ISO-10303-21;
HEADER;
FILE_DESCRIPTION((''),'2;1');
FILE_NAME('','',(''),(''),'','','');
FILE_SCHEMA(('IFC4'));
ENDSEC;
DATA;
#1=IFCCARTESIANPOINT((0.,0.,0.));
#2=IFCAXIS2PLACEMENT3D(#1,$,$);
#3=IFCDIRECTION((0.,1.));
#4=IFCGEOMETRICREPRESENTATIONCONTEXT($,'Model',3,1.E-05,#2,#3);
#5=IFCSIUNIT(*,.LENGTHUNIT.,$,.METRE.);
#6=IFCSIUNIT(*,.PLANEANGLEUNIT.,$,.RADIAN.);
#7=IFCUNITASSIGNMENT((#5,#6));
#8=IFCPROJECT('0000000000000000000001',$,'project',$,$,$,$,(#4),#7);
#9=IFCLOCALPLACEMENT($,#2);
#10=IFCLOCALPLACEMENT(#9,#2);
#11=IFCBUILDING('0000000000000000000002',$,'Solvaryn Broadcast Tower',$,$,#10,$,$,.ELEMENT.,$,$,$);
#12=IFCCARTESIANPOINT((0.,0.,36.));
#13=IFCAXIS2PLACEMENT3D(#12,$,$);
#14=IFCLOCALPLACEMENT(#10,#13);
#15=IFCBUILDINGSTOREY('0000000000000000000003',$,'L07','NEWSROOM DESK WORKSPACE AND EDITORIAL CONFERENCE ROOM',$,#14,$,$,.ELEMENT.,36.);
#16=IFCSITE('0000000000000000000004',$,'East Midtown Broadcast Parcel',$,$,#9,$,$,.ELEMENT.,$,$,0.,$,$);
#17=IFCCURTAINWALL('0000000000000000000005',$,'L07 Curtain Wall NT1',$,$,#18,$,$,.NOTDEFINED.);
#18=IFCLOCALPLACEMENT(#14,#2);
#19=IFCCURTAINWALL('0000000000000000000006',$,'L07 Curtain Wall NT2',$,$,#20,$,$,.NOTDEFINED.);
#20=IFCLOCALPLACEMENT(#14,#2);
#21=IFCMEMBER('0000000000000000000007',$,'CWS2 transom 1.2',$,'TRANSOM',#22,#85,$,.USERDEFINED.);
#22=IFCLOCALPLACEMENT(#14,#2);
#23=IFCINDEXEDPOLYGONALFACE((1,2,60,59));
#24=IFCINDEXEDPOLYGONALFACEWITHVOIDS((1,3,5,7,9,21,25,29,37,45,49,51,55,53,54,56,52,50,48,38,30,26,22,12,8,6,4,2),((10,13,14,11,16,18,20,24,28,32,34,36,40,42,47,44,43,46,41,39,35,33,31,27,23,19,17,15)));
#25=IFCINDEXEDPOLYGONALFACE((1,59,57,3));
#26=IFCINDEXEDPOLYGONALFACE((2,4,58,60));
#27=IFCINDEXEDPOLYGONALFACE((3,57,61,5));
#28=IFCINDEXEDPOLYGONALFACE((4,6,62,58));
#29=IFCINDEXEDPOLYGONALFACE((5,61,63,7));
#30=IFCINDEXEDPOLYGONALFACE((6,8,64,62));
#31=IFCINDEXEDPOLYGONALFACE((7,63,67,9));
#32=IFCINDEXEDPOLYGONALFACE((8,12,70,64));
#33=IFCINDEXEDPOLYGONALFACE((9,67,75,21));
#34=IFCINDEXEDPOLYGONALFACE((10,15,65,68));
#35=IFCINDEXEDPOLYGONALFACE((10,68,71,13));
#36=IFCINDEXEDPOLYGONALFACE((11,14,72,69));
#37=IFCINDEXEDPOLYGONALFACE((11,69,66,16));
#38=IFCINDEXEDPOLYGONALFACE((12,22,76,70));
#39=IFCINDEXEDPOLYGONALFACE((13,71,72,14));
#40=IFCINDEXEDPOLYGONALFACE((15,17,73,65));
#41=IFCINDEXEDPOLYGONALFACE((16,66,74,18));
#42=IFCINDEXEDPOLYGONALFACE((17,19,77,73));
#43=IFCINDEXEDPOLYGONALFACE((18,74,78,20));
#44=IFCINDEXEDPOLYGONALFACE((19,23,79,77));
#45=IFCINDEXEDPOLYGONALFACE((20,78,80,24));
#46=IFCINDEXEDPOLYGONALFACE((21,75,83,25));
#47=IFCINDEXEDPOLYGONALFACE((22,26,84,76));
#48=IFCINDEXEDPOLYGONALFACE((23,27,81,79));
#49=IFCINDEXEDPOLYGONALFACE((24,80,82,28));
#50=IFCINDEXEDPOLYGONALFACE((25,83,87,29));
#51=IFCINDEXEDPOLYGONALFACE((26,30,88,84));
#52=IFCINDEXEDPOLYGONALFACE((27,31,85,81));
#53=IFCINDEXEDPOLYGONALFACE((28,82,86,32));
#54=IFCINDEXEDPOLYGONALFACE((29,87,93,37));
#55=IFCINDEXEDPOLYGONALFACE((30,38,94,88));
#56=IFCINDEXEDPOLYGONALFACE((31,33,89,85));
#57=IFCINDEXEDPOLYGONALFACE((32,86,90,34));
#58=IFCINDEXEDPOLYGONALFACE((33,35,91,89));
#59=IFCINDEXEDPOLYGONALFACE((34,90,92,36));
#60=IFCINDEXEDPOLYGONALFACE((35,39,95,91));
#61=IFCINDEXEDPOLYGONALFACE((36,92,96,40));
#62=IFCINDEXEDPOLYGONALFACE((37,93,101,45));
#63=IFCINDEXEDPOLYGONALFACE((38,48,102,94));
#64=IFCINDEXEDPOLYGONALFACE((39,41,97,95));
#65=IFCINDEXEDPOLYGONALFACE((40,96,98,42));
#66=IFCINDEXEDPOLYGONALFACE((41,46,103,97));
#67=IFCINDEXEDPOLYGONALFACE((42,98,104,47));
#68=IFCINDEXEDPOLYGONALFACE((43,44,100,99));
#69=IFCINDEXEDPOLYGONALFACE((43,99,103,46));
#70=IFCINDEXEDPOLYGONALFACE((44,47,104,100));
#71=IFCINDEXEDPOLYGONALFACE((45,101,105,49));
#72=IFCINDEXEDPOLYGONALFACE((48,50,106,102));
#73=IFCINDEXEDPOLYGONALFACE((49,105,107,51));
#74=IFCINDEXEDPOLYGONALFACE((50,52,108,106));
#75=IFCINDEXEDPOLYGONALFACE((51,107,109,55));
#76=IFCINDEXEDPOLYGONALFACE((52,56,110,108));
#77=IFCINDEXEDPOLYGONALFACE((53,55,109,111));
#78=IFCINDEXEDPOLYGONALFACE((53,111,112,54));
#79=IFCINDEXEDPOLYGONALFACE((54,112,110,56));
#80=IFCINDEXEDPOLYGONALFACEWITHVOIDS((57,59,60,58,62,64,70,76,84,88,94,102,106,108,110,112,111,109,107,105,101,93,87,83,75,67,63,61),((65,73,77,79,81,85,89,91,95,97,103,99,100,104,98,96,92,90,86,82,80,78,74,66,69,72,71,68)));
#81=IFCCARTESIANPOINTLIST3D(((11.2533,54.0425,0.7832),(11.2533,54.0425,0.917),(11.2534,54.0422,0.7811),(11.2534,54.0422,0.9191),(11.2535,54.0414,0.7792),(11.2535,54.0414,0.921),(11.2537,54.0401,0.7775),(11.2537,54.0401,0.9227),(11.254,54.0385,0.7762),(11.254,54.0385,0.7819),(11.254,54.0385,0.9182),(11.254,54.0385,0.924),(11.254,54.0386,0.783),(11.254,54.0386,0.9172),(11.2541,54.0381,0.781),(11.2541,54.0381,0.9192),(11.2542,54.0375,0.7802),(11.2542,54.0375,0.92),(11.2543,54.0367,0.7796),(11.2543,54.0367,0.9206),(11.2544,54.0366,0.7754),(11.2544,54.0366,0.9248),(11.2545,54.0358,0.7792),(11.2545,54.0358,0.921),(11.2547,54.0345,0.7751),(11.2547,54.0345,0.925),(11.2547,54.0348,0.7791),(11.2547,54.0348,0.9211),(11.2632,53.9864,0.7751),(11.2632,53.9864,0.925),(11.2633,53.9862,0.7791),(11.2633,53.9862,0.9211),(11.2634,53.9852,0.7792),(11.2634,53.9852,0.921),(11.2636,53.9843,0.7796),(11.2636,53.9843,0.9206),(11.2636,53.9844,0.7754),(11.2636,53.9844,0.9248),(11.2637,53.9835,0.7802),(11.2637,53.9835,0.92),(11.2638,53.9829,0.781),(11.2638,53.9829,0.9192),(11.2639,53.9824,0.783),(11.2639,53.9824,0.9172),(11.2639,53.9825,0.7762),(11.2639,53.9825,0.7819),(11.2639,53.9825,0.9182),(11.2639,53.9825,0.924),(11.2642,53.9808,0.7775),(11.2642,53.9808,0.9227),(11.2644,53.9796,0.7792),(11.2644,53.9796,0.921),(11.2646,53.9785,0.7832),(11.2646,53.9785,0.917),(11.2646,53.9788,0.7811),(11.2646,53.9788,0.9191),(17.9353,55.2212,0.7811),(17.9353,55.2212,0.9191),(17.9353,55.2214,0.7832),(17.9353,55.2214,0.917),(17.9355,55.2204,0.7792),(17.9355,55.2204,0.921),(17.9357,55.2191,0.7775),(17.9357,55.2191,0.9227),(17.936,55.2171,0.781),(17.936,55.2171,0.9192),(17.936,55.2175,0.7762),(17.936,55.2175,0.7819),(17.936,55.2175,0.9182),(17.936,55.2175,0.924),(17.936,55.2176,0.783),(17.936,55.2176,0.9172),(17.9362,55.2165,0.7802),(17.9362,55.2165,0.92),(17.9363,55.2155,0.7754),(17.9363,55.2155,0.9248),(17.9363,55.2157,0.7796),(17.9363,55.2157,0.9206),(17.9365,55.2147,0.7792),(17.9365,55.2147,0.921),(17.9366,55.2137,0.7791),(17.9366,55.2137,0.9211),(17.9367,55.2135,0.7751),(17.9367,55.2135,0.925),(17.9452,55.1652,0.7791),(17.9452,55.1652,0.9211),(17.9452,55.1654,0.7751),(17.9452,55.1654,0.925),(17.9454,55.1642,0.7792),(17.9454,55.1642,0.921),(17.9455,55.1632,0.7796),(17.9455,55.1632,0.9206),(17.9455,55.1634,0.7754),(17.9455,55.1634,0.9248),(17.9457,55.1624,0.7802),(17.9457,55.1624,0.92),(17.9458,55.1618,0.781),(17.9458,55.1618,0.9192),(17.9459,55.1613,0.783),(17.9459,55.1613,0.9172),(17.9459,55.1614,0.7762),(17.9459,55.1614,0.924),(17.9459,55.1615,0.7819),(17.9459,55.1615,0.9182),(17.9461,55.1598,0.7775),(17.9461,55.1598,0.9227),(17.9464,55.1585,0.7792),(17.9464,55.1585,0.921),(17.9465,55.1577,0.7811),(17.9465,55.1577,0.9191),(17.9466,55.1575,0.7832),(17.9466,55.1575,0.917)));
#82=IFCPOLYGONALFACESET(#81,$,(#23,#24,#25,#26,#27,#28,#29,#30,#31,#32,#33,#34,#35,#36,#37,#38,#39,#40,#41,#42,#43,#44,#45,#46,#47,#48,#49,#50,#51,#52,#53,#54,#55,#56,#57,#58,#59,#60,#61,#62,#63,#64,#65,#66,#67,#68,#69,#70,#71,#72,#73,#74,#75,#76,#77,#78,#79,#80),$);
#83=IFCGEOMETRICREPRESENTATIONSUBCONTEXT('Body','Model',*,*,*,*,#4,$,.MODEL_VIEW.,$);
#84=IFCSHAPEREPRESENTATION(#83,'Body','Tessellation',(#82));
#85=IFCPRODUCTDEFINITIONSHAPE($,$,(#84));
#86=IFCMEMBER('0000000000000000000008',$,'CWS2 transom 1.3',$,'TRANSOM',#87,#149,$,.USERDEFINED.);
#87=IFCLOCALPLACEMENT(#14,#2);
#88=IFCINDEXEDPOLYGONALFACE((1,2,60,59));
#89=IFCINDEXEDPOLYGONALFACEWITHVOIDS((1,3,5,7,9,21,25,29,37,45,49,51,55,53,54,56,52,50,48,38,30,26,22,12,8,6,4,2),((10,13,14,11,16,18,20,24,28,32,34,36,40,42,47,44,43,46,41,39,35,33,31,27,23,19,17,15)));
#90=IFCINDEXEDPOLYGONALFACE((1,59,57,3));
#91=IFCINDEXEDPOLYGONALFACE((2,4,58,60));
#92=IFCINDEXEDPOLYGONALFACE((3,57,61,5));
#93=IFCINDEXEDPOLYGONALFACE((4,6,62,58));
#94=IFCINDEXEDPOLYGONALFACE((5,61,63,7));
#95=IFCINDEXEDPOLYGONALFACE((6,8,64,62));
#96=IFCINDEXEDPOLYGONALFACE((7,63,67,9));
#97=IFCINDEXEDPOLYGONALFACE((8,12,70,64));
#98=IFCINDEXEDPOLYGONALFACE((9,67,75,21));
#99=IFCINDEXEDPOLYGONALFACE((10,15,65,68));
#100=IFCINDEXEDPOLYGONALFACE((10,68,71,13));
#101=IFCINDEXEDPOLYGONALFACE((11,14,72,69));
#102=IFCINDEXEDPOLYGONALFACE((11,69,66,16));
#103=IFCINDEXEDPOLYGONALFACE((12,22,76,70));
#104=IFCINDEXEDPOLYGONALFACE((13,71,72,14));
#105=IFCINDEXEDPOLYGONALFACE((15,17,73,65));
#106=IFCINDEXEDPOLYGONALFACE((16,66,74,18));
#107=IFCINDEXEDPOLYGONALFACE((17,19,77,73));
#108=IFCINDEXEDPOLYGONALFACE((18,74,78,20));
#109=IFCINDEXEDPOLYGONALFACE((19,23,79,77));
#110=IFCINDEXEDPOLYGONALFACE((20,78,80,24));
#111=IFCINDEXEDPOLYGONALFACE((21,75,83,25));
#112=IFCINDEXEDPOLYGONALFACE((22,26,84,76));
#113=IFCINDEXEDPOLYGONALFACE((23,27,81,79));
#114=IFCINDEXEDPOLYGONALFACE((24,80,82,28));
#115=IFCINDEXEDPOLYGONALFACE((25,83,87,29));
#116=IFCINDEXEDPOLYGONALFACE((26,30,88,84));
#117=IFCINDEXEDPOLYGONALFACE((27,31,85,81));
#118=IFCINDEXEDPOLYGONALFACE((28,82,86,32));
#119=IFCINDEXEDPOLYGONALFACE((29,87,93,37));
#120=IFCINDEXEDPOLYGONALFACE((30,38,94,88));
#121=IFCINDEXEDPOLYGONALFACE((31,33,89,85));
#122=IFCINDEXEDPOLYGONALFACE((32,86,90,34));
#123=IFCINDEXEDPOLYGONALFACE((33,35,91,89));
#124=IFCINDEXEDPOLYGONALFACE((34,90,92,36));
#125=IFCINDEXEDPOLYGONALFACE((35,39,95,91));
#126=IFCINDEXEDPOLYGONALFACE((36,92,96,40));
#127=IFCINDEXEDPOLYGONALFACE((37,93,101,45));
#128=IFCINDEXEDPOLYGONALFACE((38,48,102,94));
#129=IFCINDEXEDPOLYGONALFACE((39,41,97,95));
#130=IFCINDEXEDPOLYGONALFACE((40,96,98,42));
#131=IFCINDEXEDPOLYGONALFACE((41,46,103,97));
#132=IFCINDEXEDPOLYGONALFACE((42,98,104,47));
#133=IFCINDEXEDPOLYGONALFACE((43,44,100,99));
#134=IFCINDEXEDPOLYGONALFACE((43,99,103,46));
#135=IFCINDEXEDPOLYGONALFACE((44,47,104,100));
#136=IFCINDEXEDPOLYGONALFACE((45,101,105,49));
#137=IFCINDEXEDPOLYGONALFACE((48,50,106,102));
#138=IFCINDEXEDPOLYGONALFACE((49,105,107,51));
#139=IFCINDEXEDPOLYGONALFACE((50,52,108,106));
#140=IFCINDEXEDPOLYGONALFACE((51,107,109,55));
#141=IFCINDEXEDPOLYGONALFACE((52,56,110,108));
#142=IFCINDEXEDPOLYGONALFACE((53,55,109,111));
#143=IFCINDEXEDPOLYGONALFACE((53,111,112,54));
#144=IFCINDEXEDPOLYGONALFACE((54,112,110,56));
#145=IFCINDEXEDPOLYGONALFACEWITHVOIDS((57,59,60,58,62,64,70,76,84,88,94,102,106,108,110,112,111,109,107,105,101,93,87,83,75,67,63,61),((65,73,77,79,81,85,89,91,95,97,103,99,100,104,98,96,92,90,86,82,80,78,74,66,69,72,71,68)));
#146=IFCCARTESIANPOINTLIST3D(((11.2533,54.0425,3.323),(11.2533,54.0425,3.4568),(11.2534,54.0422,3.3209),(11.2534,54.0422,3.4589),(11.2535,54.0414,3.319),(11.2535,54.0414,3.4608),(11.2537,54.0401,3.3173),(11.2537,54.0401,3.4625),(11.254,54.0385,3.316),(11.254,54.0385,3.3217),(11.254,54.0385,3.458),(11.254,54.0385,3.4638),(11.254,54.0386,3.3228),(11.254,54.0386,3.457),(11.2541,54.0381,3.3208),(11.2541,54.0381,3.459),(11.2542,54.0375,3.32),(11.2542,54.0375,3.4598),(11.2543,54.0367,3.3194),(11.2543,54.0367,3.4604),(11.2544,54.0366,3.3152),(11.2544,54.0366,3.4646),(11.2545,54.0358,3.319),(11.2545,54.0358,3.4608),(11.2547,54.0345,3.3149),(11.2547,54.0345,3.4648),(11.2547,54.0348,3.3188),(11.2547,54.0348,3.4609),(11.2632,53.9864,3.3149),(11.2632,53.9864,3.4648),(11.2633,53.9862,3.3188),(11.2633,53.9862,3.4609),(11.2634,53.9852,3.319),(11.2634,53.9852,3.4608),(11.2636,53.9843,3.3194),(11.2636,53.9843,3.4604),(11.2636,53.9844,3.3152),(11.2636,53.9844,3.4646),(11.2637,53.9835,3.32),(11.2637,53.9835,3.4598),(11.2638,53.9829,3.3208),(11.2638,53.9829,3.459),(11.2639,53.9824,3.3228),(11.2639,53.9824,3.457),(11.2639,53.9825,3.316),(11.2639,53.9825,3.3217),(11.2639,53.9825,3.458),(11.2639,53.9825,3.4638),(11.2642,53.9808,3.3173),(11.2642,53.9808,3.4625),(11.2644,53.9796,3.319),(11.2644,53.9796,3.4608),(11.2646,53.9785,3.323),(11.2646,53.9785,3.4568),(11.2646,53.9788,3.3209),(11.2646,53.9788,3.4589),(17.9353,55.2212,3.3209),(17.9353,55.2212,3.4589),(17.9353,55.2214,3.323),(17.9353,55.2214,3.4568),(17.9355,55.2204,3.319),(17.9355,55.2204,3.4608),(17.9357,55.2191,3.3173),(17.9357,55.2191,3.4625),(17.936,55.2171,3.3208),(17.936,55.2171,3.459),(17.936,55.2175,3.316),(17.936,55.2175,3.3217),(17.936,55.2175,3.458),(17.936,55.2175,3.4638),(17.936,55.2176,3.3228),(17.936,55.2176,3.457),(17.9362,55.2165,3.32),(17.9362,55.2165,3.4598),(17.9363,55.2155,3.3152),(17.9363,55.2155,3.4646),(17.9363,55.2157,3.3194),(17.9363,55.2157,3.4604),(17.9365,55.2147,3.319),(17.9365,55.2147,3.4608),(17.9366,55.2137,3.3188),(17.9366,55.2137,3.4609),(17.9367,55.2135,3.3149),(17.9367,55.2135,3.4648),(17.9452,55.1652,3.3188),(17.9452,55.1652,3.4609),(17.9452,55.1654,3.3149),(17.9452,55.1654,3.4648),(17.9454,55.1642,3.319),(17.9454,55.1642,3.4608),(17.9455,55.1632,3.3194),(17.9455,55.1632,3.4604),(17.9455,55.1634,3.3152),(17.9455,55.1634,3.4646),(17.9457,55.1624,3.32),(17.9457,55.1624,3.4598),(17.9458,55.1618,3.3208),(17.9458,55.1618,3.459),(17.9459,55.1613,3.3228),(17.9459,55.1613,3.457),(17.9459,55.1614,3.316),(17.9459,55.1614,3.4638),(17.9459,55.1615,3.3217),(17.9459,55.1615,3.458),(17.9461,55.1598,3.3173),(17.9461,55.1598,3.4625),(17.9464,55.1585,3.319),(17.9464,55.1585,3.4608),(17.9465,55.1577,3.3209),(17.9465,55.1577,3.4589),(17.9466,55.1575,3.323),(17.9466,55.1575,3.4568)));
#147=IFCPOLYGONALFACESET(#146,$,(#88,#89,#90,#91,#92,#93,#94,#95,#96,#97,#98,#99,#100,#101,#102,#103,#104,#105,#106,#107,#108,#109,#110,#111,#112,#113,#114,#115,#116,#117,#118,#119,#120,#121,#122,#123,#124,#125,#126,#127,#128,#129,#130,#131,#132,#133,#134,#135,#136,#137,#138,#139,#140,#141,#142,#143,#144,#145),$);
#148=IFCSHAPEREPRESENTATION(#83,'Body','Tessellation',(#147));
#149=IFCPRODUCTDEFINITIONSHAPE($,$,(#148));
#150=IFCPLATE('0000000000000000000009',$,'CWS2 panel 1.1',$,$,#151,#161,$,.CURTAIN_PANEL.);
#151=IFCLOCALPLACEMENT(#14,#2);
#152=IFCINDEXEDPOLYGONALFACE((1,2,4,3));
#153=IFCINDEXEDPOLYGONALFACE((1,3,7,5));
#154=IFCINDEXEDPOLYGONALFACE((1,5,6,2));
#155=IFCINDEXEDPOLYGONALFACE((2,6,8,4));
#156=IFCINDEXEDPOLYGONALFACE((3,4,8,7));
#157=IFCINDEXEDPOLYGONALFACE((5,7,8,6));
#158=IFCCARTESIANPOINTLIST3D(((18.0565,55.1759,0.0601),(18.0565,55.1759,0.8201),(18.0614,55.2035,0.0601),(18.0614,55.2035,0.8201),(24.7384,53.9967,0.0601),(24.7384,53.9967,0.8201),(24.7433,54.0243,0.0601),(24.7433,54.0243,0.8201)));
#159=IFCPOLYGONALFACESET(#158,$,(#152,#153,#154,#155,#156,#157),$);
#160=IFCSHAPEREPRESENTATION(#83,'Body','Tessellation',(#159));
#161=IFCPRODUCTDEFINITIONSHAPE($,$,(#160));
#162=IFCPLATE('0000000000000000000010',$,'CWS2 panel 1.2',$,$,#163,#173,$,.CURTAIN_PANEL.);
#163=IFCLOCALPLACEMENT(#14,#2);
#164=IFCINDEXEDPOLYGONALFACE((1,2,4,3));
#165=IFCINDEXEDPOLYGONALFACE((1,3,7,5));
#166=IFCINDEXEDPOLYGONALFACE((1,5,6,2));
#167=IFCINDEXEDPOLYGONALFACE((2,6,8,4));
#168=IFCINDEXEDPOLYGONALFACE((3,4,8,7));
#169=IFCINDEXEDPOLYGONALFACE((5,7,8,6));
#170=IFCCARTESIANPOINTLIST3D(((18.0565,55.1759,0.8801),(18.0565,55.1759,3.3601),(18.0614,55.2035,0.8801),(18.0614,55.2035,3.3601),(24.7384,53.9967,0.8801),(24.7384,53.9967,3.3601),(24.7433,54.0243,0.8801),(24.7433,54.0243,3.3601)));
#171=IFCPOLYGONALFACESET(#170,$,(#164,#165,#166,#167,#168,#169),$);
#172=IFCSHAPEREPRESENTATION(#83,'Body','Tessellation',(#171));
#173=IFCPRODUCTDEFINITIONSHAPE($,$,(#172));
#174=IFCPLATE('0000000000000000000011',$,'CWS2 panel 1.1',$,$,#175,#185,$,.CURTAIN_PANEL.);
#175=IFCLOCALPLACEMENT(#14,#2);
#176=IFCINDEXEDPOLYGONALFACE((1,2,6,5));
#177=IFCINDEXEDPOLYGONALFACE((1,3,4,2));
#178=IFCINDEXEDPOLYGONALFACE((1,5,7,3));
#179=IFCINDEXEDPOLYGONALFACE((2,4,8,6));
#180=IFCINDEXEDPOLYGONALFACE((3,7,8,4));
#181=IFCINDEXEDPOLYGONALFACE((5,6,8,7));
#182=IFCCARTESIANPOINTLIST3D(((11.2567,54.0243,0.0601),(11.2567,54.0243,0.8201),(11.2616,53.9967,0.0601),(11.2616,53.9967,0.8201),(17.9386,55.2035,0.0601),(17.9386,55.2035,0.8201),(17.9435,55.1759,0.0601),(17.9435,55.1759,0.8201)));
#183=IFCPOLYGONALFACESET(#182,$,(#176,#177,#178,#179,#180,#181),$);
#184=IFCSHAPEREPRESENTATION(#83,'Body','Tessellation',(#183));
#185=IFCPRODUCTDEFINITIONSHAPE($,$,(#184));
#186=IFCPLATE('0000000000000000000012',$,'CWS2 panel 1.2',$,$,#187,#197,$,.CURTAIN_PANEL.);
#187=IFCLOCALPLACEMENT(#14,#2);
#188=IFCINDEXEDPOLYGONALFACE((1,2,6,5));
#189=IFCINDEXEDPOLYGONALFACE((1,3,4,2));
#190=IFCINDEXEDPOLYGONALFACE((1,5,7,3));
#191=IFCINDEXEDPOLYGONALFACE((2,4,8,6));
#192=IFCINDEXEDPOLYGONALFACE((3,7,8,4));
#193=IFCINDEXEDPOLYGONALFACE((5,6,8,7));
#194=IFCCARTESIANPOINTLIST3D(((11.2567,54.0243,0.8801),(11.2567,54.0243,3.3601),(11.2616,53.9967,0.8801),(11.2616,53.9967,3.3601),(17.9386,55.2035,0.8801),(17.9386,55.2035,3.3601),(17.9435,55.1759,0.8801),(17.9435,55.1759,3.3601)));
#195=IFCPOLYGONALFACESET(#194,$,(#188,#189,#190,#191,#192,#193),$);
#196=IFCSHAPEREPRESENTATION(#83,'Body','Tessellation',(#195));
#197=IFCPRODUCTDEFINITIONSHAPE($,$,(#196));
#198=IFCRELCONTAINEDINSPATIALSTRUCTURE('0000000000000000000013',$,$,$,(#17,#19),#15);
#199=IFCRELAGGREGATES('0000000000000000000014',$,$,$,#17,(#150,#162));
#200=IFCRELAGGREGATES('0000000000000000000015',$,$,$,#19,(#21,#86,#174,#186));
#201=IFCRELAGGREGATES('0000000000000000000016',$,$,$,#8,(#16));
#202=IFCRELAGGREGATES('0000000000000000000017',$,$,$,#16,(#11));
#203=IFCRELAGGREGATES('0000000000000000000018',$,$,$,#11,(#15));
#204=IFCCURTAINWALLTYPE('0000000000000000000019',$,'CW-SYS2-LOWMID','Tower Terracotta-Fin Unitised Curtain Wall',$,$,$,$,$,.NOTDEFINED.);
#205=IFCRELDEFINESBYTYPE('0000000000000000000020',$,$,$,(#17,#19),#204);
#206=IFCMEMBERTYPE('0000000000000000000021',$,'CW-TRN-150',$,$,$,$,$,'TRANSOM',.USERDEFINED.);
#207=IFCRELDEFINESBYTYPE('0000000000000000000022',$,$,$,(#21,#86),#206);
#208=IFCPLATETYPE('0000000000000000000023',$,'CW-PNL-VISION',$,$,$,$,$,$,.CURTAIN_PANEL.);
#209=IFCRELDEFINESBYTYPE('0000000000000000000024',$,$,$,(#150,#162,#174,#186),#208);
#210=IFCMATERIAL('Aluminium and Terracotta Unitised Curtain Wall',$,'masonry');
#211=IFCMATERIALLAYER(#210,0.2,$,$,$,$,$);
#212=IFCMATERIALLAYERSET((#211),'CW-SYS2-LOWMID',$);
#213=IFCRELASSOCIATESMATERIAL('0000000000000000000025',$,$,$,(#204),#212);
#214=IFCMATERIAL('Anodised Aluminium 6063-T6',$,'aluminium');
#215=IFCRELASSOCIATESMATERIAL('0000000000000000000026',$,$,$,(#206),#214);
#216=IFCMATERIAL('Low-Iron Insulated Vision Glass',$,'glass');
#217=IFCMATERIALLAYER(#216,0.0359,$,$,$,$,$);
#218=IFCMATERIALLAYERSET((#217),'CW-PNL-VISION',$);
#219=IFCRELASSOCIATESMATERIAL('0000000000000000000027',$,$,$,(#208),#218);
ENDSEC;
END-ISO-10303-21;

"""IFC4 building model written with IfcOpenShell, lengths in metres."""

from ifc_helpers import new_model, si_unit, direction, frame, origin, origin_2d, place, context, subcontext, project, spatial, rectangle, hollow_rectangle, extrude, material, layer, layer_set, material_profile, profile_set, type_object, element, aggregate, save


model = new_model("IFC4")

# Units and contexts
model_context = context("Model", 3, precision=1e-05, world=origin(), true_north=direction((0.0, 1.0)))
body_context = subcontext(model_context, "Body", "Model", "MODEL_VIEW")
ifc_project = project(units=[si_unit("LENGTHUNIT", "METRE"), si_unit("PLANEANGLEUNIT", "RADIAN")], contexts=[model_context])

# Site, building, storey
site_placement = place(None, origin())
site = spatial("IfcSite", under=ifc_project, at=site_placement, Name="East Midtown Broadcast Parcel", CompositionType="ELEMENT", RefElevation=0.0)
building_placement = place(site_placement, origin())
building = spatial("IfcBuilding", under=site, at=building_placement, Name="Solvaryn Broadcast Tower", CompositionType="ELEMENT")
storey_placement = place(building_placement, frame((0.0, 0.0, 36.0)))
storey = spatial("IfcBuildingStorey", under=building, at=storey_placement, Name="L07", Description="NEWSROOM DESK WORKSPACE AND EDITORIAL CONFERENCE ROOM", CompositionType="ELEMENT", Elevation=36.0)

# Curtain walls
ifc_material_1 = material(Name="Aluminium and Terracotta Unitised Curtain Wall", Category="masonry")
ifc_layer_1 = layer(ifc_material_1, 0.2)
ifc_layer_set_1 = layer_set([ifc_layer_1], Name="CW-SYS2-LOWMID")
curtain_wall_type = type_object("IfcCurtainWallType", Name="CW-SYS2-LOWMID", Description="Tower Terracotta-Fin Unitised Curtain Wall", PredefinedType="NOTDEFINED", material=ifc_layer_set_1)
curtain_wall_1_placement = place(storey_placement, origin())
curtain_wall_1 = element("IfcCurtainWall", 1, at=curtain_wall_1_placement, inside=storey, type_object=curtain_wall_type, Name="L07 Curtain Wall NT1", PredefinedType="NOTDEFINED")
curtain_wall_2_placement = place(storey_placement, origin())
curtain_wall_2 = element("IfcCurtainWall", 2, at=curtain_wall_2_placement, inside=storey, type_object=curtain_wall_type, Name="L07 Curtain Wall NT2", PredefinedType="NOTDEFINED")

# Members
ifc_material_2 = material(Name="Anodised Aluminium 6063-T6", Category="aluminium")
ifc_material_profile_1 = material_profile(ifc_material_2, hollow_rectangle(XDim=0.0649, YDim=0.1499, WallThickness=0.0039, InnerFilletRadius=0.0039, OuterFilletRadius=0.0081, at=origin_2d()))
ifc_profile_set_1 = profile_set([ifc_material_profile_1], Name="Anodised Aluminium 6063-T6")
member_type_1 = type_object("IfcMemberType", Name="CW-TRN-150", ElementType="TRANSOM", PredefinedType="USERDEFINED", material=ifc_profile_set_1)
member_1_placement = place(storey_placement, frame((17.9409, 55.1895, 0.8501), z_axis=(-0.984789, -0.173757, 0.0), x_axis=(0.173757, -0.984789, 0.0)))
member_1 = element("IfcMember", 3, at=member_1_placement, type_object=member_type_1, Name="CWS2 transom 1.2", ObjectType="TRANSOM", PredefinedType="USERDEFINED", context=body_context, shape_type="SweptSolid", body=[
    extrude(hollow_rectangle(XDim=0.0649, YDim=0.1499, WallThickness=0.0039, InnerFilletRadius=0.0039, OuterFilletRadius=0.0081, at=origin_2d()), origin(), (0.0, 0.0, 1.0), 6.7852),
])
member_2_placement = place(storey_placement, frame((17.9409, 55.1895, 3.3899), z_axis=(-0.984789, -0.173757, 0.0), x_axis=(0.173757, -0.984789, 0.0)))
member_2 = element("IfcMember", 4, at=member_2_placement, type_object=member_type_1, Name="CWS2 transom 1.3", ObjectType="TRANSOM", PredefinedType="USERDEFINED", context=body_context, shape_type="SweptSolid", body=[
    extrude(hollow_rectangle(XDim=0.0649, YDim=0.1499, WallThickness=0.0039, InnerFilletRadius=0.0039, OuterFilletRadius=0.0081, at=origin_2d()), origin(), (0.0, 0.0, 1.0), 6.7852),
])

# Plates
ifc_material_3 = material(Name="Low-Iron Insulated Vision Glass", Category="glass")
ifc_layer_2 = layer(ifc_material_3, 0.0359)
ifc_layer_set_2 = layer_set([ifc_layer_2], Name="CW-PNL-VISION")
plate_type = type_object("IfcPlateType", Name="CW-PNL-VISION", PredefinedType="CURTAIN_PANEL", material=ifc_layer_set_2)
plate_1_placement = place(storey_placement, frame((21.3999, 54.6001, 0.0601), z_axis=(0.0, 0.0, 1.0), x_axis=(-0.984784, 0.173785, 0.0)))
plate_1 = element("IfcPlate", 5, at=plate_1_placement, type_object=plate_type, Name="CWS2 panel 1.1", PredefinedType="CURTAIN_PANEL", context=body_context, shape_type="SweptSolid", body=[
    extrude(rectangle(XDim=6.7852, YDim=0.0281, at=origin_2d()), origin(), (0.0, 0.0, 1.0), 0.76),
])
plate_2_placement = place(storey_placement, frame((21.3999, 54.6001, 0.8801), z_axis=(0.0, 0.0, 1.0), x_axis=(-0.984784, 0.173785, 0.0)))
plate_2 = element("IfcPlate", 6, at=plate_2_placement, type_object=plate_type, Name="CWS2 panel 1.2", PredefinedType="CURTAIN_PANEL", context=body_context, shape_type="SweptSolid", body=[
    extrude(rectangle(XDim=6.7852, YDim=0.0281, at=origin_2d()), origin(), (0.0, 0.0, 1.0), 2.48),
])
aggregate(curtain_wall_1, [plate_1, plate_2])
plate_3_placement = place(storey_placement, frame((14.6001, 54.6001, 0.0601), z_axis=(0.0, 0.0, 1.0), x_axis=(-0.984784, -0.173785, 0.0)))
plate_3 = element("IfcPlate", 7, at=plate_3_placement, type_object=plate_type, Name="CWS2 panel 1.1", PredefinedType="CURTAIN_PANEL", context=body_context, shape_type="SweptSolid", body=[
    extrude(rectangle(XDim=6.7852, YDim=0.0281, at=origin_2d()), origin(), (0.0, 0.0, 1.0), 0.76),
])
plate_4_placement = place(storey_placement, frame((14.6001, 54.6001, 0.8801), z_axis=(0.0, 0.0, 1.0), x_axis=(-0.984784, -0.173785, 0.0)))
plate_4 = element("IfcPlate", 8, at=plate_4_placement, type_object=plate_type, Name="CWS2 panel 1.2", PredefinedType="CURTAIN_PANEL", context=body_context, shape_type="SweptSolid", body=[
    extrude(rectangle(XDim=6.7852, YDim=0.0281, at=origin_2d()), origin(), (0.0, 0.0, 1.0), 2.48),
])
aggregate(curtain_wall_2, [member_1, member_2, plate_3, plate_4])

save(model, "model.ifc")
